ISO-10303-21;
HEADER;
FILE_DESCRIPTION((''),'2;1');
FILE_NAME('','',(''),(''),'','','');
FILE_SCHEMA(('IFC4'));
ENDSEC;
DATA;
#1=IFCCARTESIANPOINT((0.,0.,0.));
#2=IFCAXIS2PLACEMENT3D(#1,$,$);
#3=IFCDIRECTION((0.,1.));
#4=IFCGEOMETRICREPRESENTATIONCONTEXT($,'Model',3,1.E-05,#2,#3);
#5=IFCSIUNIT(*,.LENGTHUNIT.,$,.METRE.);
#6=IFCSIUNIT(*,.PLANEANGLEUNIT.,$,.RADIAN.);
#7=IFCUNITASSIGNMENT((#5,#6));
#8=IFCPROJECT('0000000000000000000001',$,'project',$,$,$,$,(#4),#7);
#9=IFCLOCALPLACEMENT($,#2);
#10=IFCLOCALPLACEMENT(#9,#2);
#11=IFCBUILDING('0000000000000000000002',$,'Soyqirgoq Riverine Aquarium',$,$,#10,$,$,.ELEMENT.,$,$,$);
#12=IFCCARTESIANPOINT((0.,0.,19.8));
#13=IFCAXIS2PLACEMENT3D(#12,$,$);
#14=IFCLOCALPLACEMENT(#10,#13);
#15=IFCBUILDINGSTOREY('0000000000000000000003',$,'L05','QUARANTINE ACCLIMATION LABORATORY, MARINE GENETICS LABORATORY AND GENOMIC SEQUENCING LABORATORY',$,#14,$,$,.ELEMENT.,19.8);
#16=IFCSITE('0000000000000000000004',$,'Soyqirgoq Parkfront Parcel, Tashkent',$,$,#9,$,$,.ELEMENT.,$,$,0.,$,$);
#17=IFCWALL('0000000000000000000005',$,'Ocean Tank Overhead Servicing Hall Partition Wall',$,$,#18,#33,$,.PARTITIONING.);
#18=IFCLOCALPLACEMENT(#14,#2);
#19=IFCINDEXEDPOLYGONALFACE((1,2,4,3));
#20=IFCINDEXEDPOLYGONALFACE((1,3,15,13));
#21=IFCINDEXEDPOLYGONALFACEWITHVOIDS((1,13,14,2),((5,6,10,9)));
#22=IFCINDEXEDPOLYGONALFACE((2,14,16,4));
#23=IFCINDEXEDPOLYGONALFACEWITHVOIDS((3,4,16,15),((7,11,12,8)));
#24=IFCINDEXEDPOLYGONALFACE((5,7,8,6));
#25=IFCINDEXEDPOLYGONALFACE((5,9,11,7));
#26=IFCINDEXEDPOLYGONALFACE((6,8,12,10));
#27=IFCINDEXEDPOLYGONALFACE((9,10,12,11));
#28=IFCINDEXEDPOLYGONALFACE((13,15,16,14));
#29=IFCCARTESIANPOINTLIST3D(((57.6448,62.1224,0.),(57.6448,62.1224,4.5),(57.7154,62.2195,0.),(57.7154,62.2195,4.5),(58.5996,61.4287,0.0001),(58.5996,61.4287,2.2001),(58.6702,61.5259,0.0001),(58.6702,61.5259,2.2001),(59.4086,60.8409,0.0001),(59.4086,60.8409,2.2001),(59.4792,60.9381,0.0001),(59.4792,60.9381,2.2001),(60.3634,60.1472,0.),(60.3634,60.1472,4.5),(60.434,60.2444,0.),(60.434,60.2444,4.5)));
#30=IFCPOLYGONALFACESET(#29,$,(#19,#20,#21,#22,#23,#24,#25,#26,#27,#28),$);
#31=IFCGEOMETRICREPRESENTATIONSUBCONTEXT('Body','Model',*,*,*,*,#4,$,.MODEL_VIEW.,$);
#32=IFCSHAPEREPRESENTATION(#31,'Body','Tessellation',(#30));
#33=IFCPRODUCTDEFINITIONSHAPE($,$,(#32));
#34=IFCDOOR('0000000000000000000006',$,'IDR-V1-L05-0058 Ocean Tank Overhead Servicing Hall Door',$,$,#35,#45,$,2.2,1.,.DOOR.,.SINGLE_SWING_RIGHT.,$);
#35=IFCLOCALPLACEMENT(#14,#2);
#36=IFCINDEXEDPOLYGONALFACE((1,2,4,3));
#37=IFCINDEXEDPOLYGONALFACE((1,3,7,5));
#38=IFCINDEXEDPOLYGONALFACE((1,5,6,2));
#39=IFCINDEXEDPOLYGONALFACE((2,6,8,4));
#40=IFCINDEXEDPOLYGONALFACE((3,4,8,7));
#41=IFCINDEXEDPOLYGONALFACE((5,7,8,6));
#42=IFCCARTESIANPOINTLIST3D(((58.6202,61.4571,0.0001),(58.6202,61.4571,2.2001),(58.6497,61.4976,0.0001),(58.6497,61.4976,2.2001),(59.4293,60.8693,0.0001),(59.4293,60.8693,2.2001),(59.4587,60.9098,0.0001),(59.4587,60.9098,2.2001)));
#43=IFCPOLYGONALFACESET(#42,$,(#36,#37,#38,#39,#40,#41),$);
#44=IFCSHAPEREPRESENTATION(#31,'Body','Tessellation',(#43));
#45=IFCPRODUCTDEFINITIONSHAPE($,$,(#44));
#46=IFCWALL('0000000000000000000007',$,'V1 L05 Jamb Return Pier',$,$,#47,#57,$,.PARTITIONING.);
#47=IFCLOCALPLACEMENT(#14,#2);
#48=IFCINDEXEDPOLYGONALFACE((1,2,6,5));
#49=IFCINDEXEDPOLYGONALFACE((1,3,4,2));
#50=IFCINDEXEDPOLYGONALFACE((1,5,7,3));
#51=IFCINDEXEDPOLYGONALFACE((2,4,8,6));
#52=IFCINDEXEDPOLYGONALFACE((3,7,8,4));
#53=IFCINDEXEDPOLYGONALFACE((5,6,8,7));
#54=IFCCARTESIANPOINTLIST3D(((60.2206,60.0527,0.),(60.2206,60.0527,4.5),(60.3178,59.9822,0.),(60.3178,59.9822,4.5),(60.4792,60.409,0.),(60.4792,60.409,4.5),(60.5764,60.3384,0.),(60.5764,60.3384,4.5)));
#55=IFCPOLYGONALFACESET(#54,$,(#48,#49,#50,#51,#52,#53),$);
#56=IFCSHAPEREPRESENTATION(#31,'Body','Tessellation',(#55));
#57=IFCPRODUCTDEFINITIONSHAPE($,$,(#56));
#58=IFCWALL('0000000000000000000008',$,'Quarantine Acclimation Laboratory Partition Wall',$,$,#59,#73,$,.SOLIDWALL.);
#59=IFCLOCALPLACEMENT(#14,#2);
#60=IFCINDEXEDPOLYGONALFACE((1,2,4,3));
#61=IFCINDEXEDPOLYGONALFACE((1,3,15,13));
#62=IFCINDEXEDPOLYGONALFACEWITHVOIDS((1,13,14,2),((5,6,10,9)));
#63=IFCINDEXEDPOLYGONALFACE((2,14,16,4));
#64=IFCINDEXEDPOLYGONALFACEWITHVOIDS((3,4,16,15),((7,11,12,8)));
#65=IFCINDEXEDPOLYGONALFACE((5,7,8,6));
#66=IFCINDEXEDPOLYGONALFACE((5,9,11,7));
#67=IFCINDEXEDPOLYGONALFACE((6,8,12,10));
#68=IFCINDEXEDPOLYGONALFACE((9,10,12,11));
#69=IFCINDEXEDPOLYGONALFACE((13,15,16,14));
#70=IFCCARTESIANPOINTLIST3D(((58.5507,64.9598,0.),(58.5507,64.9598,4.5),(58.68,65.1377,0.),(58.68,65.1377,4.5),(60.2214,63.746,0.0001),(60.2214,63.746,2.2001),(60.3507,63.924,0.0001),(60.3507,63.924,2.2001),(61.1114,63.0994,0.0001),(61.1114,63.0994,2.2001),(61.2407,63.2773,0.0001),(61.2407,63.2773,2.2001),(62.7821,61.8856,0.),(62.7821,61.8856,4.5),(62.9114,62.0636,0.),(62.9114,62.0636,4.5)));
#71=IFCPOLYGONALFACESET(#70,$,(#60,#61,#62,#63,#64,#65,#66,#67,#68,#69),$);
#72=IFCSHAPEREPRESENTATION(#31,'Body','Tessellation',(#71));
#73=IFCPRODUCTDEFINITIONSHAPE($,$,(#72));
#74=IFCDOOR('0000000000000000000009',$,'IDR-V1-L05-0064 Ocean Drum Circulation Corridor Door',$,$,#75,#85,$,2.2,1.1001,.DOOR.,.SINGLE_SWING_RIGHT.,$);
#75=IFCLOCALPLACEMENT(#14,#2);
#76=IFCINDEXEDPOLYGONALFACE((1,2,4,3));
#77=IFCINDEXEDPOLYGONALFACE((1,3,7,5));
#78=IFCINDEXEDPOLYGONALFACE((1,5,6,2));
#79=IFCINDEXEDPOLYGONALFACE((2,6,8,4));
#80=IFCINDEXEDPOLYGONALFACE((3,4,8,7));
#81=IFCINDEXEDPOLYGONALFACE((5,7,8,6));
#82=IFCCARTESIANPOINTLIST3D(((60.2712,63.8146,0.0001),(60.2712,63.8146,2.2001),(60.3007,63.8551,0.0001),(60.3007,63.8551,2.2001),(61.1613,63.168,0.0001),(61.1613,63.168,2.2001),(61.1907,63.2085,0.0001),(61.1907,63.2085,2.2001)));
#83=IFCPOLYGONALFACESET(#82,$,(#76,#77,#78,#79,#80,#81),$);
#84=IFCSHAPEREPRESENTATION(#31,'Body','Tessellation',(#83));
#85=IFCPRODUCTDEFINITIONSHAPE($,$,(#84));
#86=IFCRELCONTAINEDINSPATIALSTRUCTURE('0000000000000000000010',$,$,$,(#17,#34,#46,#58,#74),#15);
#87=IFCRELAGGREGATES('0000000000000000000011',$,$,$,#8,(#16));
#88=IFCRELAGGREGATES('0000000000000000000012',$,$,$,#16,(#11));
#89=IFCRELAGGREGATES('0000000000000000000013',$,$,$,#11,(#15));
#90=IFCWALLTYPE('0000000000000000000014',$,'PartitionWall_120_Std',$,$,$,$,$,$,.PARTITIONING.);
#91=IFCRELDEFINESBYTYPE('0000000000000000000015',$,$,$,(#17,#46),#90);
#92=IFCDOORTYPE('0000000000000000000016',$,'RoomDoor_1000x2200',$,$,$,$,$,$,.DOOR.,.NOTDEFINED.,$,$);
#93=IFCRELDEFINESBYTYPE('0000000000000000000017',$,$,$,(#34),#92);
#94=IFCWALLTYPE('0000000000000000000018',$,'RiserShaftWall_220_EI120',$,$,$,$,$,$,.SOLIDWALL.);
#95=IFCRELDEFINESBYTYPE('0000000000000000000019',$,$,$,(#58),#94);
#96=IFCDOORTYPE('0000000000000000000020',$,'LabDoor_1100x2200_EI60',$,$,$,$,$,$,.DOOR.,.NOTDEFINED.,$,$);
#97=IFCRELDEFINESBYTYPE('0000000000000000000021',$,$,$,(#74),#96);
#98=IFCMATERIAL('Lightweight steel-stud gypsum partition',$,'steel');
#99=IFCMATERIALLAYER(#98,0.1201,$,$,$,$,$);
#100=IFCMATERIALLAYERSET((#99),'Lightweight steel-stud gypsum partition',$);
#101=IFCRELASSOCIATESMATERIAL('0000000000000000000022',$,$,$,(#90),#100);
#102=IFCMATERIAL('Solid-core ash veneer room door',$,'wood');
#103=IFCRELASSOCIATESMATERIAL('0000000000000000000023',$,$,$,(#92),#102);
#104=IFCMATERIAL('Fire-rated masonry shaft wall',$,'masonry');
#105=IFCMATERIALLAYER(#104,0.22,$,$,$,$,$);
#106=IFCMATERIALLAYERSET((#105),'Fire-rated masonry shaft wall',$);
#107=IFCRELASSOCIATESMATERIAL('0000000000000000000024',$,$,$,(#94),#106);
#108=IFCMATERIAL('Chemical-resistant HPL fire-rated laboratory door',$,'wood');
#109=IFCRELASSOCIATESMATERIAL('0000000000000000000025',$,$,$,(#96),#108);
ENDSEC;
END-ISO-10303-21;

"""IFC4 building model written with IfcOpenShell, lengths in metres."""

from ifc_helpers import new_model, si_unit, direction, frame, frame_2d, origin, place, context, subcontext, project, spatial, rectangle, extrude, material, layer, layer_set, type_object, element, fill, save


model = new_model("IFC4")

# Units and contexts
model_context = context("Model", 3, precision=1e-05, world=origin(), true_north=direction((0.0, 1.0)))
body_context = subcontext(model_context, "Body", "Model", "MODEL_VIEW")
ifc_project = project(units=[si_unit("LENGTHUNIT", "METRE"), si_unit("PLANEANGLEUNIT", "RADIAN")], contexts=[model_context])

# Site, building, storey
site_placement = place(None, origin())
site = spatial("IfcSite", under=ifc_project, at=site_placement, Name="Soyqirgoq Parkfront Parcel, Tashkent", CompositionType="ELEMENT", RefElevation=0.0)
building_placement = place(site_placement, origin())
building = spatial("IfcBuilding", under=site, at=building_placement, Name="Soyqirgoq Riverine Aquarium", CompositionType="ELEMENT")
storey_placement = place(building_placement, frame((0.0, 0.0, 19.8)))
storey = spatial("IfcBuildingStorey", under=building, at=storey_placement, Name="L05", Description="QUARANTINE ACCLIMATION LABORATORY, MARINE GENETICS LABORATORY AND GENOMIC SEQUENCING LABORATORY", CompositionType="ELEMENT", Elevation=19.8)

# Wall, opening, door
ifc_material_1 = material(Name="Lightweight steel-stud gypsum partition", Category="steel")
ifc_layer_1 = layer(ifc_material_1, 0.1201)
ifc_layer_set_1 = layer_set([ifc_layer_1], Name="Lightweight steel-stud gypsum partition")
wall_type_1 = type_object("IfcWallType", Name="PartitionWall_120_Std", PredefinedType="PARTITIONING", material=ifc_layer_set_1)
wall_1_placement = place(storey_placement, frame((60.3987, 60.1958, 0.0), z_axis=(0.0, 0.0, 1.0), x_axis=(-0.809019, 0.587783, 0.0)))
wall_1 = element("IfcWall", 1, at=wall_1_placement, inside=storey, type_object=wall_type_1, Name="Ocean Tank Overhead Servicing Hall Partition Wall", PredefinedType="PARTITIONING", context=body_context, shape_type="SweptSolid", body=[
    extrude(rectangle(XDim=3.3604, YDim=0.1201, at=frame_2d((1.6802, 0.0))), origin(), (0.0, 0.0, 1.0), 4.5),
])
opening_1_placement = place(wall_1_placement, frame((1.1802, 0.0, 0.0)))
opening_1 = element("IfcOpeningElement", 2, at=opening_1_placement, cuts=wall_1, PredefinedType="OPENING", context=body_context, shape_type="SweptSolid", body=[
    extrude(rectangle(XDim=1.0, YDim=2.2, at=frame_2d((0.5, 1.1001))), frame((0.0, 0.0701, 0.0), z_axis=(0.0, -1.0, 0.0), x_axis=(1.0, 0.0, 0.0)), (0.0, 0.0, 1.0), 0.1401),
])
ifc_material_2 = material(Name="Solid-core ash veneer room door", Category="wood")
door_type_1 = type_object("IfcDoorType", Name="RoomDoor_1000x2200", OperationType="NOTDEFINED", PredefinedType="DOOR", material=ifc_material_2)
door_1_placement = place(opening_1_placement, origin())
door_1 = element("IfcDoor", 3, at=door_1_placement, inside=storey, type_object=door_type_1, Name="IDR-V1-L05-0058 Ocean Tank Overhead Servicing Hall Door", OperationType="SINGLE_SWING_RIGHT", OverallHeight=2.2, OverallWidth=1.0, PredefinedType="DOOR", context=body_context, shape_type="SweptSolid", body=[
    extrude(rectangle(XDim=1.0, YDim=2.2, at=frame_2d((0.5, 1.1001))), frame((0.0, 0.0249, 0.0), z_axis=(0.0, -1.0, 0.0), x_axis=(1.0, 0.0, 0.0)), (0.0, 0.0, 1.0), 0.05),
])
fill(opening_1, door_1)

# Wall
wall_2_placement = place(storey_placement, frame((60.5278, 60.3738, 0.0), z_axis=(0.0, 0.0, 1.0), x_axis=(-0.587413, -0.809287, 0.0)))
element("IfcWall", 4, at=wall_2_placement, inside=storey, type_object=wall_type_1, Name="V1 L05 Jamb Return Pier", PredefinedType="PARTITIONING", context=body_context, shape_type="SweptSolid", body=[
    extrude(rectangle(XDim=0.4402, YDim=0.1201, at=frame_2d((0.2202, 0.0))), origin(), (0.0, 0.0, 1.0), 4.5),
])

# Wall, opening, door
ifc_material_3 = material(Name="Fire-rated masonry shaft wall", Category="masonry")
ifc_layer_2 = layer(ifc_material_3, 0.22)
ifc_layer_set_2 = layer_set([ifc_layer_2], Name="Fire-rated masonry shaft wall")
wall_type_2 = type_object("IfcWallType", Name="RiserShaftWall_220_EI120", PredefinedType="SOLIDWALL", material=ifc_layer_set_2)
wall_3_placement = place(storey_placement, frame((58.6152, 65.0488, 0.0), z_axis=(0.0, 0.0, 1.0), x_axis=(0.809027, -0.587772, 0.0)))
wall_3 = element("IfcWall", 5, at=wall_3_placement, inside=storey, type_object=wall_type_2, Name="Quarantine Acclimation Laboratory Partition Wall", PredefinedType="SOLIDWALL", context=body_context, shape_type="SweptSolid", body=[
    extrude(rectangle(XDim=5.2302, YDim=0.22, at=frame_2d((2.6152, 0.0))), origin(), (0.0, 0.0, 1.0), 4.5),
])
opening_2_placement = place(wall_3_placement, frame((2.0652, 0.0, 0.0)))
opening_2 = element("IfcOpeningElement", 6, at=opening_2_placement, cuts=wall_3, PredefinedType="OPENING", context=body_context, shape_type="SweptSolid", body=[
    extrude(rectangle(XDim=1.1001, YDim=2.2, at=frame_2d((0.55, 1.1001))), frame((0.0, 0.1201, 0.0), z_axis=(0.0, -1.0, 0.0), x_axis=(1.0, 0.0, 0.0)), (0.0, 0.0, 1.0), 0.24),
])
ifc_material_4 = material(Name="Chemical-resistant HPL fire-rated laboratory door", Category="wood")
door_type_2 = type_object("IfcDoorType", Name="LabDoor_1100x2200_EI60", OperationType="NOTDEFINED", PredefinedType="DOOR", material=ifc_material_4)
door_2_placement = place(opening_2_placement, origin())
door_2 = element("IfcDoor", 7, at=door_2_placement, inside=storey, type_object=door_type_2, Name="IDR-V1-L05-0064 Ocean Drum Circulation Corridor Door", OperationType="SINGLE_SWING_RIGHT", OverallHeight=2.2, OverallWidth=1.1001, PredefinedType="DOOR", context=body_context, shape_type="SweptSolid", body=[
    extrude(rectangle(XDim=1.1001, YDim=2.2, at=frame_2d((0.55, 1.1001))), frame((0.0, 0.0249, 0.0), z_axis=(0.0, -1.0, 0.0), x_axis=(1.0, 0.0, 0.0)), (0.0, 0.0, 1.0), 0.05),
])
fill(opening_2, door_2)

save(model, "model.ifc")
